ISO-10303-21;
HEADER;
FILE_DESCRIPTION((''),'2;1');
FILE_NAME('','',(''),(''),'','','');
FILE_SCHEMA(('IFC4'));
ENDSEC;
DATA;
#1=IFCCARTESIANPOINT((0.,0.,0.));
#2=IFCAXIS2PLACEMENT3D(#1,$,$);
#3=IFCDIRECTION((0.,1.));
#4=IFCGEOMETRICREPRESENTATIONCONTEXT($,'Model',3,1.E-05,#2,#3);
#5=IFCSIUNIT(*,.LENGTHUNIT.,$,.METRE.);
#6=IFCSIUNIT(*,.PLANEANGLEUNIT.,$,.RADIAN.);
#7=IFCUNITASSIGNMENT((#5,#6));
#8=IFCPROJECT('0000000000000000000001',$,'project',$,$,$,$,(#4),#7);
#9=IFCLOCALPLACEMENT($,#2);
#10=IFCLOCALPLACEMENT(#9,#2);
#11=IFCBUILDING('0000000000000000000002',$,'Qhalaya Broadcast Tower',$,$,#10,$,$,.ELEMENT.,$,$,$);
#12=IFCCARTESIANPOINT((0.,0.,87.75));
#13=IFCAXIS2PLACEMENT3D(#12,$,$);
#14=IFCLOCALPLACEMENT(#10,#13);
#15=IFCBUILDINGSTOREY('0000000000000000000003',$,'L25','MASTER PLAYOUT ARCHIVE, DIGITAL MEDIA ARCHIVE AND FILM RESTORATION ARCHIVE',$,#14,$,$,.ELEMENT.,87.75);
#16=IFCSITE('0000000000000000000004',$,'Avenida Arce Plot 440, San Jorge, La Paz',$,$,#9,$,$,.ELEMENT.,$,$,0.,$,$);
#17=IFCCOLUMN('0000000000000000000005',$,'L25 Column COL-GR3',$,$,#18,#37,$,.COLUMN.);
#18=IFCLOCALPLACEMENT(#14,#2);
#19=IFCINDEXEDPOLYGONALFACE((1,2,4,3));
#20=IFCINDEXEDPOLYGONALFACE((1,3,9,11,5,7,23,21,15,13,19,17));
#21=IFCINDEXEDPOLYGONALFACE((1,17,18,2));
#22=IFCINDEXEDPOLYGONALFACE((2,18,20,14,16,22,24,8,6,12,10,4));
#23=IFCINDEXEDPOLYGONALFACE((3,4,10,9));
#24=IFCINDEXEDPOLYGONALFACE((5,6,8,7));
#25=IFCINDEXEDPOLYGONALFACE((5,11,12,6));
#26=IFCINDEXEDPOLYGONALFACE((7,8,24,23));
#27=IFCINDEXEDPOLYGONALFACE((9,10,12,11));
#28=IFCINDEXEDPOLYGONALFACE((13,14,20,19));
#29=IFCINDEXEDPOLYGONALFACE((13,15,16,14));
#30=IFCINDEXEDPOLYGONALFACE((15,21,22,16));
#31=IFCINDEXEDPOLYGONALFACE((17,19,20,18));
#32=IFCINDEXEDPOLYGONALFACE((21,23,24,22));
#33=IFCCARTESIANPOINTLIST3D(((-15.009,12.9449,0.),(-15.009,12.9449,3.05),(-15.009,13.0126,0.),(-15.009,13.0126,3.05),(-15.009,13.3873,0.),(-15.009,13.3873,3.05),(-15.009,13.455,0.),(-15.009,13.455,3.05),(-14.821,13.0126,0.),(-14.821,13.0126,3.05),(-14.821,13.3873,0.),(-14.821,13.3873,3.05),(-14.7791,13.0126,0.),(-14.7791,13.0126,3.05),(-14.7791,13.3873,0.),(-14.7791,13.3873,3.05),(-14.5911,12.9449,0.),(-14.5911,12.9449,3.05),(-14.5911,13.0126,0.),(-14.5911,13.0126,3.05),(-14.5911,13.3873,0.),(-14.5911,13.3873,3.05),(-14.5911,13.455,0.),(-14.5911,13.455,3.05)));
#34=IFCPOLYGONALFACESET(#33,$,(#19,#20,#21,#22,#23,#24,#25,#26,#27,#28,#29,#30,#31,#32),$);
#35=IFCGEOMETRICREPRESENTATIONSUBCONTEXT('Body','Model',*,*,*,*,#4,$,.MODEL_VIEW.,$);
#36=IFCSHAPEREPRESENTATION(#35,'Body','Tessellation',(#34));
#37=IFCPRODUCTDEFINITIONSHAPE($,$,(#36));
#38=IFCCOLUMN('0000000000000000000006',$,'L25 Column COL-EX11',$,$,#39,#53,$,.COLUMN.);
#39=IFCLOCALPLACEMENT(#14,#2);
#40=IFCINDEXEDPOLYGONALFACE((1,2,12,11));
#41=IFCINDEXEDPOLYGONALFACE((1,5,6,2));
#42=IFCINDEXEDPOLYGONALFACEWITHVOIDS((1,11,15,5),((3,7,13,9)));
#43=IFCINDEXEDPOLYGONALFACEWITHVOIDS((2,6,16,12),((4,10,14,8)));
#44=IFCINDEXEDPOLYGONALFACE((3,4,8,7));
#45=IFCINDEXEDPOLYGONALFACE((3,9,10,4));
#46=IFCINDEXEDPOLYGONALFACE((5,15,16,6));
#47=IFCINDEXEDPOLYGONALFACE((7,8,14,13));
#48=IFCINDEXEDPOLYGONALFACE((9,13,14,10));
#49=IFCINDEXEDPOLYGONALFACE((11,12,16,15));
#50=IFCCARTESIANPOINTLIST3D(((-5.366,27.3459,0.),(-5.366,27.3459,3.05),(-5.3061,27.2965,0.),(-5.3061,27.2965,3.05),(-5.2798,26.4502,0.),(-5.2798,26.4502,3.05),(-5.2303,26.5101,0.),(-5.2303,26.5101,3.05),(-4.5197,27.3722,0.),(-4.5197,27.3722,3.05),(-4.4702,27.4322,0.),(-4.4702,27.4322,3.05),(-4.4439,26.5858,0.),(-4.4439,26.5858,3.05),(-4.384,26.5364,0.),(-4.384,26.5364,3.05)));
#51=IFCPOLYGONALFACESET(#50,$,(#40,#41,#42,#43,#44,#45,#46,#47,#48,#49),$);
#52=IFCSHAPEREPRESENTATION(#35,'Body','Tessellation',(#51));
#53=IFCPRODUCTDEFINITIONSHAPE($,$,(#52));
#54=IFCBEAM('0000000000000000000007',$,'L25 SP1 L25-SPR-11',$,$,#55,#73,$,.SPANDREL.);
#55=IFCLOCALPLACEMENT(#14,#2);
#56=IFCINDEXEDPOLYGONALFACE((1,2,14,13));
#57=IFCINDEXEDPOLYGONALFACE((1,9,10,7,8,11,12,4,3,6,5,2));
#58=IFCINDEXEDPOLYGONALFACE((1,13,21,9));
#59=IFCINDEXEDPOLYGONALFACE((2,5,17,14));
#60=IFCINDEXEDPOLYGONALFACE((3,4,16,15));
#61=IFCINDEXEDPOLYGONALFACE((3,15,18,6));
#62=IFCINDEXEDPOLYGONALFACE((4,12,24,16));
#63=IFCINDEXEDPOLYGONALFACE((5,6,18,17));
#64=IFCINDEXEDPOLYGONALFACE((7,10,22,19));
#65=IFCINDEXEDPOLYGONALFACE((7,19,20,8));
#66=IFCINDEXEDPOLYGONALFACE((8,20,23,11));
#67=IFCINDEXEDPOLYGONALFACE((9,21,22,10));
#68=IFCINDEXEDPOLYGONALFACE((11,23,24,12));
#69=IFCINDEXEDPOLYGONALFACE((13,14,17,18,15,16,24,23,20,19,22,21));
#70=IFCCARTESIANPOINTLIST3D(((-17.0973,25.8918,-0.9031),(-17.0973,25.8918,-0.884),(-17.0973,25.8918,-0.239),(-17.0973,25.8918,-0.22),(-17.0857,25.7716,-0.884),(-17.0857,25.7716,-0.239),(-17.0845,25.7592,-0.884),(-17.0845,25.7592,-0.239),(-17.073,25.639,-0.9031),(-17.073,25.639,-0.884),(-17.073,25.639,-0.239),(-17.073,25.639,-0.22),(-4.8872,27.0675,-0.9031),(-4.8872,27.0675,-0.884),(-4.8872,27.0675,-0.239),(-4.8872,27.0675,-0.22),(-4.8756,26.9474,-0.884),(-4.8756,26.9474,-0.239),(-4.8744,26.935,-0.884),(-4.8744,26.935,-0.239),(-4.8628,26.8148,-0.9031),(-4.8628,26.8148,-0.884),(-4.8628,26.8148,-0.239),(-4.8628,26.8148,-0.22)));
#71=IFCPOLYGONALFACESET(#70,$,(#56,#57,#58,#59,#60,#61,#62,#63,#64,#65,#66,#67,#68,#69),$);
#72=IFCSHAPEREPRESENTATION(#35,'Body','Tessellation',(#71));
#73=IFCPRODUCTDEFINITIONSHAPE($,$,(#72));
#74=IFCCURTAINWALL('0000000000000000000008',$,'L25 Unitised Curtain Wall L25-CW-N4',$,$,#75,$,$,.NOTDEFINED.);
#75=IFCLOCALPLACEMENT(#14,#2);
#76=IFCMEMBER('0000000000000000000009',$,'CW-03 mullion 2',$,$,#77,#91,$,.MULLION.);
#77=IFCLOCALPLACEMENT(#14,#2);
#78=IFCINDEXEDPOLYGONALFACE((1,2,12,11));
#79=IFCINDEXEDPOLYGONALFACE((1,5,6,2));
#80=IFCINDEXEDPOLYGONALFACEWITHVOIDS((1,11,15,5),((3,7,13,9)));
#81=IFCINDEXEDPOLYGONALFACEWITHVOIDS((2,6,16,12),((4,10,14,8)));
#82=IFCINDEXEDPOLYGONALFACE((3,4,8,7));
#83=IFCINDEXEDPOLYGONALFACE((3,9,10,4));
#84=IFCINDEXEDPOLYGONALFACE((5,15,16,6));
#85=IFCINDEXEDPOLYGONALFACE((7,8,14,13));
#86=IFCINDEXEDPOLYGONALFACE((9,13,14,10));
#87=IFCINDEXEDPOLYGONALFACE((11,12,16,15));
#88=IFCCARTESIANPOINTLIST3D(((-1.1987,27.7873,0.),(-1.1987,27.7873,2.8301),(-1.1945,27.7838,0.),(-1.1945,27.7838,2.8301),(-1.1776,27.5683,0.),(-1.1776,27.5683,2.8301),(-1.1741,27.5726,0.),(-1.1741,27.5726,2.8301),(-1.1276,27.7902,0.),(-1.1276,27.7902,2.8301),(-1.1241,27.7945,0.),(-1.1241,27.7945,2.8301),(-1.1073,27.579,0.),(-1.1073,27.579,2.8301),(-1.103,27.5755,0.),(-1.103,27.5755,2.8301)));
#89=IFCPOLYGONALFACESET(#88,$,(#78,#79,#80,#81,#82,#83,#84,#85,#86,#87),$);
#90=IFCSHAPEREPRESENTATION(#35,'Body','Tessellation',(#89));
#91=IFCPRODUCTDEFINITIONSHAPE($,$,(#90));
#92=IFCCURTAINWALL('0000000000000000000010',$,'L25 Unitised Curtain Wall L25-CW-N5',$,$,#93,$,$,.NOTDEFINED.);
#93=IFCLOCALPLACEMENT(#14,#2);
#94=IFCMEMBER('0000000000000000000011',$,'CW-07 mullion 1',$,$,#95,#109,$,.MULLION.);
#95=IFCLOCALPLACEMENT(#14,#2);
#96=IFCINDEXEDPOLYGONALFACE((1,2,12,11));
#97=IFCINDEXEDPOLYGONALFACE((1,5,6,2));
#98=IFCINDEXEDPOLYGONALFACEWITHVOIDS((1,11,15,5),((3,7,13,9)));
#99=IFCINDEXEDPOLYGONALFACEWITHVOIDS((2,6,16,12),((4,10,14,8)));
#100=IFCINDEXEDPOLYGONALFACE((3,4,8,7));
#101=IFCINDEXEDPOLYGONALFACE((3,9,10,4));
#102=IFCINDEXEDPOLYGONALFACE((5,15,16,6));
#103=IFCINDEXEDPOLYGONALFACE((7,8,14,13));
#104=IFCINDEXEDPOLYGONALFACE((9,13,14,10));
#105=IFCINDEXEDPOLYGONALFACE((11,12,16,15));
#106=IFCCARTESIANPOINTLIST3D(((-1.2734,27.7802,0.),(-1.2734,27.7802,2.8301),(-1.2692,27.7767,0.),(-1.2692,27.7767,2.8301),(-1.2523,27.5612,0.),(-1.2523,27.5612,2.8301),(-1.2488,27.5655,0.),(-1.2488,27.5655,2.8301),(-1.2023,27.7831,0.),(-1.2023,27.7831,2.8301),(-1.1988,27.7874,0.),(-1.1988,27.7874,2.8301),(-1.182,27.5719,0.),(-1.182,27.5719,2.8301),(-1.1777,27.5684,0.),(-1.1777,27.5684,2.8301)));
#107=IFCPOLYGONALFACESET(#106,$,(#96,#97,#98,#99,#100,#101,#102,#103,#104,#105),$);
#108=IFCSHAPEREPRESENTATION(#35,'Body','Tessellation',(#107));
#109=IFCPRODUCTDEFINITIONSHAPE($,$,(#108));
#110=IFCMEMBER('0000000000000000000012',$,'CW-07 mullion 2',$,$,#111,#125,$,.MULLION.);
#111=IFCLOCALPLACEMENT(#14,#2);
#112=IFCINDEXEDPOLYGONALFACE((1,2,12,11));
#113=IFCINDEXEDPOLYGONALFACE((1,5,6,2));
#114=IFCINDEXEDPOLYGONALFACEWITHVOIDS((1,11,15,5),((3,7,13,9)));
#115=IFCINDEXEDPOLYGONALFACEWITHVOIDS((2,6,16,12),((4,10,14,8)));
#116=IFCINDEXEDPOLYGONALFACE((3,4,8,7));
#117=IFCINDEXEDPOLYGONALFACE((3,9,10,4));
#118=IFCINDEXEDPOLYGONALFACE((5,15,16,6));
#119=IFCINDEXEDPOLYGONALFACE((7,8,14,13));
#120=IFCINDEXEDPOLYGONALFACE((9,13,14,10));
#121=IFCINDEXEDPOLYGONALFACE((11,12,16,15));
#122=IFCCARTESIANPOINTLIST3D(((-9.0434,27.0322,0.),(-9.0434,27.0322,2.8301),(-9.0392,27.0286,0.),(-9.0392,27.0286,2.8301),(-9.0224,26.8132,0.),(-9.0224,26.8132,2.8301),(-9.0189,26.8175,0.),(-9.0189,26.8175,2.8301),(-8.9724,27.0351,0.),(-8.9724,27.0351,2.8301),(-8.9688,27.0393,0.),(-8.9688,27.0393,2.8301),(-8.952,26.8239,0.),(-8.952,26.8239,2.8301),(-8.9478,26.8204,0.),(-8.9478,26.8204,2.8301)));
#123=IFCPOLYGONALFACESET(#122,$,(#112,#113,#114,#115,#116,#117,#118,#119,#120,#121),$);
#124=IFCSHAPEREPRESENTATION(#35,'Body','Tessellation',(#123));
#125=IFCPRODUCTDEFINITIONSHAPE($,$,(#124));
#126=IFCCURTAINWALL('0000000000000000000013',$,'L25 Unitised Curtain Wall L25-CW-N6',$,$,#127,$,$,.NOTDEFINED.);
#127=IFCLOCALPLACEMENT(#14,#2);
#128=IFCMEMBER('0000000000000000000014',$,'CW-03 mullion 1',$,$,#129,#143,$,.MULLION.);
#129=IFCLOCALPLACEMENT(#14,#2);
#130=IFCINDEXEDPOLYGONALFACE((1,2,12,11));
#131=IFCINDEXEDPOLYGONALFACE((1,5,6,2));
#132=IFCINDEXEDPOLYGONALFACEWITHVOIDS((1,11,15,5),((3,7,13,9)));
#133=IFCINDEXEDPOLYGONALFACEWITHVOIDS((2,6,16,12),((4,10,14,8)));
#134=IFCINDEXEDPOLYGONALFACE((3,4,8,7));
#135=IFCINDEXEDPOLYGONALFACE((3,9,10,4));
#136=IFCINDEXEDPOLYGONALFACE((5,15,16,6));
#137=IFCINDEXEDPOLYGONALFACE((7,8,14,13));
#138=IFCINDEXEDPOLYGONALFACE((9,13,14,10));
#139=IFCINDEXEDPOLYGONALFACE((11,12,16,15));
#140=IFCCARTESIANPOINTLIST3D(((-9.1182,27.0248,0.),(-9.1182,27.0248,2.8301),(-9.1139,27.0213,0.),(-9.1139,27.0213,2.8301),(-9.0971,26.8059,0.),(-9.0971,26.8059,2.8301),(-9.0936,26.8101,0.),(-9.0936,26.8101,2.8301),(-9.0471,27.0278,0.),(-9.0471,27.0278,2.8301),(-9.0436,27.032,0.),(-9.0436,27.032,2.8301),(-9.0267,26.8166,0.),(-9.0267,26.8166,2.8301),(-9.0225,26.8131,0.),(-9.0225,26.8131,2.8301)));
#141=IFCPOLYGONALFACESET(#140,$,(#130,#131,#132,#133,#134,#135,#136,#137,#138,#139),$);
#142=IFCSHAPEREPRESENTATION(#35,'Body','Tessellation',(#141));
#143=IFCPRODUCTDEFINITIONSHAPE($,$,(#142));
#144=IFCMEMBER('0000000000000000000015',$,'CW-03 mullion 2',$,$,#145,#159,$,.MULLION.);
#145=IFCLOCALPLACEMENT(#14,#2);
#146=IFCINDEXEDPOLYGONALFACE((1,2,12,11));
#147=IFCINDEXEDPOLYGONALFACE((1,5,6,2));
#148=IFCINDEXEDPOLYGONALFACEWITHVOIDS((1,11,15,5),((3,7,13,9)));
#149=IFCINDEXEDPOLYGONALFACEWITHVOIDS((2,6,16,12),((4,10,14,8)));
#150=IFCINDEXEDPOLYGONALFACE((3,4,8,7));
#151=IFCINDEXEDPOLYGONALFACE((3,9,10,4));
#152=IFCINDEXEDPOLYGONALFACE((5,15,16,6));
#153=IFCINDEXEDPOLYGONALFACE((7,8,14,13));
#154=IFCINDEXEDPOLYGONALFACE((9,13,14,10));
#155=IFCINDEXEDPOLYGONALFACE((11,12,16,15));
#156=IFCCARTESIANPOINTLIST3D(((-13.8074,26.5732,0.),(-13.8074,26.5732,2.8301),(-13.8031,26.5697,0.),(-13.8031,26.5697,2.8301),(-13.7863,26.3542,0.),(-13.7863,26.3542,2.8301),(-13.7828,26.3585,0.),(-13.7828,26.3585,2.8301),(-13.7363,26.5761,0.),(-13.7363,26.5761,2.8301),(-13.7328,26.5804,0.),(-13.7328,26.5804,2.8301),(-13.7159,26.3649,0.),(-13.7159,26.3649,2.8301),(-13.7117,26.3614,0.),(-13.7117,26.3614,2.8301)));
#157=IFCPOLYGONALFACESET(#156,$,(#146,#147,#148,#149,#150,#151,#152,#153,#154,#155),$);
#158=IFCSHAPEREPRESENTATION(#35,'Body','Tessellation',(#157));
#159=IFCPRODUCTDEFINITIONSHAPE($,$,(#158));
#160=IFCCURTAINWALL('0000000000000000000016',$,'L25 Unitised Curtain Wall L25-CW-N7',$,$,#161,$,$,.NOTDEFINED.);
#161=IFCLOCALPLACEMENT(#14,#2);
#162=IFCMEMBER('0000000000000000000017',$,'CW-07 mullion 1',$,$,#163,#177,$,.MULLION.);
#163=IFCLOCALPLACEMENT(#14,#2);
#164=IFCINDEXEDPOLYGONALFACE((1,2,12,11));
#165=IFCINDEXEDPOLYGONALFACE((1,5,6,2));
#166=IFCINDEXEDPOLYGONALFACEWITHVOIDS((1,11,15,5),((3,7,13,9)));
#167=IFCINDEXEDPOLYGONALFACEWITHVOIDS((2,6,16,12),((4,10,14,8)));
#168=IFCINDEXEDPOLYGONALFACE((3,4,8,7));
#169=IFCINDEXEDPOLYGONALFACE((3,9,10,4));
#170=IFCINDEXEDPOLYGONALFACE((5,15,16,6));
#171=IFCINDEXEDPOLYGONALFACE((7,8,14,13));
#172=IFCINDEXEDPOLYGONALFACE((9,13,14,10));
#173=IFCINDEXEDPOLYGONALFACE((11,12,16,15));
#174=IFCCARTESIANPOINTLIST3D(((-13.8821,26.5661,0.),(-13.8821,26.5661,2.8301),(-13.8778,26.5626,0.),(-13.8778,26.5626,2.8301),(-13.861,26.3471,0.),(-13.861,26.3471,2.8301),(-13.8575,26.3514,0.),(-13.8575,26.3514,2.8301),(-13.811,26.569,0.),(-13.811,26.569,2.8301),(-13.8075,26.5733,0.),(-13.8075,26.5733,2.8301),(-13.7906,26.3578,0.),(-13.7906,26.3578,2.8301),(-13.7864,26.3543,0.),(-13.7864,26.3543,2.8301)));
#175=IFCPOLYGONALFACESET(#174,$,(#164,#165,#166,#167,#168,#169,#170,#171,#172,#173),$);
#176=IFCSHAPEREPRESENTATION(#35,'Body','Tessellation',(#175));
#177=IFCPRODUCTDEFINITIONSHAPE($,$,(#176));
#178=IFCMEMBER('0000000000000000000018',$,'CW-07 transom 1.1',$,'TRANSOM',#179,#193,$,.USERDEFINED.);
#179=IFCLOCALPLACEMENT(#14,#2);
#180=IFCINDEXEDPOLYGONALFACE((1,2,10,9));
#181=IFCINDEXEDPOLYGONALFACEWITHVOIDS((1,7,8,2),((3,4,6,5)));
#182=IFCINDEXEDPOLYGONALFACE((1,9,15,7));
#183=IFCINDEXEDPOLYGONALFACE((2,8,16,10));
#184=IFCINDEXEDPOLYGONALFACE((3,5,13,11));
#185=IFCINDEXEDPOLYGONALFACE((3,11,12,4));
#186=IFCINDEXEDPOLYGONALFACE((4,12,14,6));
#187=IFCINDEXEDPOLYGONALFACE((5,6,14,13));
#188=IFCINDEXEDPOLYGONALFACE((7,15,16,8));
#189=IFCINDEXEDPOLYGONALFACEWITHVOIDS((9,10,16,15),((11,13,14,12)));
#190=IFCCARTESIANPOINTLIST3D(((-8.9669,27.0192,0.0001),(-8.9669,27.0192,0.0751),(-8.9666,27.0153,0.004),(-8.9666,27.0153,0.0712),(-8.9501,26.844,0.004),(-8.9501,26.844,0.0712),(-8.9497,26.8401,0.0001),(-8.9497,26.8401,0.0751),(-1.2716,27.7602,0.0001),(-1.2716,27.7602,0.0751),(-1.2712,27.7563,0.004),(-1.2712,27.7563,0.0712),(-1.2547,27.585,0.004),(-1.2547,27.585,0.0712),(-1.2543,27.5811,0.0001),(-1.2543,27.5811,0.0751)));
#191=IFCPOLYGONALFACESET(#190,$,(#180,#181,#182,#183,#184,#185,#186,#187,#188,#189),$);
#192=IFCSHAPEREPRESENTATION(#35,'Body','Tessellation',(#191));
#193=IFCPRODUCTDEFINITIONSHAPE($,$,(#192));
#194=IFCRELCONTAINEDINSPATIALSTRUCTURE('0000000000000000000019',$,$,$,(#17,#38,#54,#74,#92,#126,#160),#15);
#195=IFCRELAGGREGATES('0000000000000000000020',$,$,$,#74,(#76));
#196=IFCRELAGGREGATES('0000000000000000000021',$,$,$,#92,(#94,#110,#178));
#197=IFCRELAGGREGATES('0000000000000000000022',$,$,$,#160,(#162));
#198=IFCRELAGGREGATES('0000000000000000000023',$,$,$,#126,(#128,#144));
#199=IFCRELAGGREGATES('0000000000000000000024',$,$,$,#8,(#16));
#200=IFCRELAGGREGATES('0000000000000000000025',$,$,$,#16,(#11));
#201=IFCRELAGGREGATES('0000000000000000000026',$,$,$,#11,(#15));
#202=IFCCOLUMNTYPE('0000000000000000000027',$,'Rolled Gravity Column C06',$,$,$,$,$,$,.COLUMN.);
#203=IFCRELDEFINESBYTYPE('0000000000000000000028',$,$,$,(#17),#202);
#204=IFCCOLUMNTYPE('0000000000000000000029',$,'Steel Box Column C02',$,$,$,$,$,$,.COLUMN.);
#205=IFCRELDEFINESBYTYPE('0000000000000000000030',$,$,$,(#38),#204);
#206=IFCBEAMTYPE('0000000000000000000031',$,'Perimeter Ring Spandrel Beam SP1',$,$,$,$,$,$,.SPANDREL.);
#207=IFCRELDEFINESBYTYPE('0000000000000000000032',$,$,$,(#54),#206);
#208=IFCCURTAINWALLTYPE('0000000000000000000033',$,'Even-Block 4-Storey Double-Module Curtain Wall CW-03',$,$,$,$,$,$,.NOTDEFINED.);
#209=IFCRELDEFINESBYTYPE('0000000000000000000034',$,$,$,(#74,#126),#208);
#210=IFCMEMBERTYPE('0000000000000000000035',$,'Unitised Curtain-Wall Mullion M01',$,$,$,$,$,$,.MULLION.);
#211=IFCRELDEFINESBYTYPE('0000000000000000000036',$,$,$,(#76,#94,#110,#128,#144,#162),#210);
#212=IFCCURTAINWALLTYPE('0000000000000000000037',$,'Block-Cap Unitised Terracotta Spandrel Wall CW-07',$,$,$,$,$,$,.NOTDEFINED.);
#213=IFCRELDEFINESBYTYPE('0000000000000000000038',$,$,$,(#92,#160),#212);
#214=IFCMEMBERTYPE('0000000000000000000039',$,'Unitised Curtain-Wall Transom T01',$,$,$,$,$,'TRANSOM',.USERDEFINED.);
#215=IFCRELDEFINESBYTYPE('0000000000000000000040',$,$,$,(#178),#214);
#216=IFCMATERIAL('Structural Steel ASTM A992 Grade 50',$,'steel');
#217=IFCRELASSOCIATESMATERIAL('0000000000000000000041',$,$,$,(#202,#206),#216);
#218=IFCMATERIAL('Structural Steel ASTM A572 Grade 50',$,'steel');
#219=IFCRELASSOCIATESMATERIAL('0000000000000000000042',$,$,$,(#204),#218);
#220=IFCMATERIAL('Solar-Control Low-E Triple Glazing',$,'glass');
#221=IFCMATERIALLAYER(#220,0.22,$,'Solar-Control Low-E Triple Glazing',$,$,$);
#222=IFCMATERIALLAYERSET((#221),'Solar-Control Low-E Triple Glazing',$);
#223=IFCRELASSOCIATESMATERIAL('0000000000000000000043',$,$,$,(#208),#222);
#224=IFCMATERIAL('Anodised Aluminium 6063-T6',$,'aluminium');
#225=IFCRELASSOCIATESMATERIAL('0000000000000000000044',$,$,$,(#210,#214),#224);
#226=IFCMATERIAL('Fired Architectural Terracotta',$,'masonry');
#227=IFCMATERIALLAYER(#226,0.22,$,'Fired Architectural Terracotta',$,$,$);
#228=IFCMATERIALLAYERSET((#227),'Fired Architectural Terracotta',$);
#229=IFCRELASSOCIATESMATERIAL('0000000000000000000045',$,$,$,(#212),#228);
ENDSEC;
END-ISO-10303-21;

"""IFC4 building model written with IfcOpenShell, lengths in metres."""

from ifc_helpers import new_model, si_unit, direction, frame, origin, origin_2d, place, context, subcontext, project, spatial, hollow_rectangle, i_section, extrude, material, layer, layer_set, material_profile, profile_set, type_object, element, aggregate, save


model = new_model("IFC4")

# Units and contexts
model_context = context("Model", 3, precision=1e-05, world=origin(), true_north=direction((0.0, 1.0)))
body_context = subcontext(model_context, "Body", "Model", "MODEL_VIEW")
ifc_project = project(units=[si_unit("LENGTHUNIT", "METRE"), si_unit("PLANEANGLEUNIT", "RADIAN")], contexts=[model_context])

# Site, building, storey
site_placement = place(None, origin())
site = spatial("IfcSite", under=ifc_project, at=site_placement, Name="Avenida Arce Plot 440, San Jorge, La Paz", CompositionType="ELEMENT", RefElevation=0.0)
building_placement = place(site_placement, origin())
building = spatial("IfcBuilding", under=site, at=building_placement, Name="Qhalaya Broadcast Tower", CompositionType="ELEMENT")
storey_placement = place(building_placement, frame((0.0, 0.0, 87.75)))
storey = spatial("IfcBuildingStorey", under=building, at=storey_placement, Name="L25", Description="MASTER PLAYOUT ARCHIVE, DIGITAL MEDIA ARCHIVE AND FILM RESTORATION ARCHIVE", CompositionType="ELEMENT", Elevation=87.75)

# Columns
ifc_material_1 = material(Name="Structural Steel ASTM A992 Grade 50", Category="steel")
ifc_material_profile_1 = material_profile(ifc_material_1, i_section(OverallWidth=0.418, OverallDepth=0.51, WebThickness=0.042, FlangeThickness=0.0676, at=origin_2d()), Name="W14X370")
ifc_profile_set_1 = profile_set([ifc_material_profile_1], Name="Structural Steel ASTM A992 Grade 50")
column_type_1 = type_object("IfcColumnType", Name="Rolled Gravity Column C06", PredefinedType="COLUMN", material=ifc_profile_set_1)
column_1_placement = place(storey_placement, frame((-14.8, 13.2, 0.0), z_axis=(0.0, 0.0, 1.0), x_axis=(1.0, 0.0, 0.0)))
element("IfcColumn", 1, at=column_1_placement, inside=storey, type_object=column_type_1, Name="L25 Column COL-GR3", PredefinedType="COLUMN", context=body_context, shape_type="SweptSolid", body=[
    extrude(i_section(OverallWidth=0.418, OverallDepth=0.51, WebThickness=0.042, FlangeThickness=0.0676, at=origin_2d()), origin(), (0.0, 0.0, 1.0), 3.05),
])
ifc_material_2 = material(Name="Structural Steel ASTM A572 Grade 50", Category="steel")
ifc_material_profile_2 = material_profile(ifc_material_2, hollow_rectangle(XDim=0.8999, YDim=0.8999, WallThickness=0.0549, at=origin_2d()), Name="BOX 900x900x55")
ifc_profile_set_2 = profile_set([ifc_material_profile_2], Name="Structural Steel ASTM A572 Grade 50")
column_type_2 = type_object("IfcColumnType", Name="Steel Box Column C02", PredefinedType="COLUMN", material=ifc_profile_set_2)
column_2_placement = place(storey_placement, frame((-4.875, 26.9412, 0.0), z_axis=(0.0, 0.0, 1.0), x_axis=(0.995396, 0.095846, 0.0)))
element("IfcColumn", 2, at=column_2_placement, inside=storey, type_object=column_type_2, Name="L25 Column COL-EX11", PredefinedType="COLUMN", context=body_context, shape_type="SweptSolid", body=[
    extrude(hollow_rectangle(XDim=0.8999, YDim=0.8999, WallThickness=0.0549, at=origin_2d()), origin(), (0.0, 0.0, 1.0), 3.05),
])

# Beam
ifc_material_profile_3 = material_profile(ifc_material_1, i_section(OverallWidth=0.2539, OverallDepth=0.6831, WebThickness=0.0125, FlangeThickness=0.019, at=origin_2d()), Name="W27X94")
ifc_profile_set_3 = profile_set([ifc_material_profile_3], Name="Structural Steel ASTM A992 Grade 50")
beam_type = type_object("IfcBeamType", Name="Perimeter Ring Spandrel Beam SP1", PredefinedType="SPANDREL", material=ifc_profile_set_3)
beam_placement = place(storey_placement, frame((-4.875, 26.9412, -0.5615), z_axis=(-0.995396, -0.095852, 0.0), x_axis=(0.095852, -0.995396, 0.0)))
element("IfcBeam", 3, at=beam_placement, inside=storey, type_object=beam_type, Name="L25 SP1 L25-SPR-11", PredefinedType="SPANDREL", context=body_context, shape_type="SweptSolid", body=[
    extrude(i_section(OverallWidth=0.2539, OverallDepth=0.6831, WebThickness=0.0125, FlangeThickness=0.019, at=origin_2d()), origin(), (0.0, 0.0, 1.0), 12.2666),
])

# Curtain wall, member
ifc_material_3 = material(Name="Solar-Control Low-E Triple Glazing", Category="glass")
ifc_layer_1 = layer(ifc_material_3, 0.22, Name="Solar-Control Low-E Triple Glazing")
ifc_layer_set_1 = layer_set([ifc_layer_1], Name="Solar-Control Low-E Triple Glazing")
curtain_wall_type_1 = type_object("IfcCurtainWallType", Name="Even-Block 4-Storey Double-Module Curtain Wall CW-03", PredefinedType="NOTDEFINED", material=ifc_layer_set_1)
curtain_wall_1_placement = place(storey_placement, origin())
curtain_wall_1 = element("IfcCurtainWall", 4, at=curtain_wall_1_placement, inside=storey, type_object=curtain_wall_type_1, Name="L25 Unitised Curtain Wall L25-CW-N4", PredefinedType="NOTDEFINED")
ifc_material_4 = material(Name="Anodised Aluminium 6063-T6", Category="aluminium")
ifc_material_profile_4 = material_profile(ifc_material_4, hollow_rectangle(XDim=0.075, YDim=0.22, WallThickness=0.0039, at=origin_2d()), Name="ALU-MUL 75x220x4")
ifc_profile_set_4 = profile_set([ifc_material_profile_4], Name="Anodised Aluminium 6063-T6")
member_type_1 = type_object("IfcMemberType", Name="Unitised Curtain-Wall Mullion M01", PredefinedType="MULLION", material=ifc_profile_set_4)
member_1_placement = place(storey_placement, frame((-1.1509, 27.6814, 0.0), z_axis=(0.0, 0.0, 1.0), x_axis=(-0.995395, -0.095862, 0.0)))
member_1 = element("IfcMember", 5, at=member_1_placement, type_object=member_type_1, Name="CW-03 mullion 2", PredefinedType="MULLION", context=body_context, shape_type="SweptSolid", body=[
    extrude(hollow_rectangle(XDim=0.075, YDim=0.22, WallThickness=0.0039, at=origin_2d()), origin(), (0.0, 0.0, 1.0), 2.8301),
])
aggregate(curtain_wall_1, [member_1])

# Curtain walls, members
ifc_material_5 = material(Name="Fired Architectural Terracotta", Category="masonry")
ifc_layer_2 = layer(ifc_material_5, 0.22, Name="Fired Architectural Terracotta")
ifc_layer_set_2 = layer_set([ifc_layer_2], Name="Fired Architectural Terracotta")
curtain_wall_type_2 = type_object("IfcCurtainWallType", Name="Block-Cap Unitised Terracotta Spandrel Wall CW-07", PredefinedType="NOTDEFINED", material=ifc_layer_set_2)
curtain_wall_2_placement = place(storey_placement, origin())
curtain_wall_2 = element("IfcCurtainWall", 6, at=curtain_wall_2_placement, inside=storey, type_object=curtain_wall_type_2, Name="L25 Unitised Curtain Wall L25-CW-N5", PredefinedType="NOTDEFINED")
member_2_placement = place(storey_placement, frame((-1.2256, 27.6743, 0.0), z_axis=(0.0, 0.0, 1.0), x_axis=(-0.995397, -0.095838, 0.0)))
member_2 = element("IfcMember", 7, at=member_2_placement, type_object=member_type_1, Name="CW-07 mullion 1", PredefinedType="MULLION", context=body_context, shape_type="SweptSolid", body=[
    extrude(hollow_rectangle(XDim=0.075, YDim=0.22, WallThickness=0.0039, at=origin_2d()), origin(), (0.0, 0.0, 1.0), 2.8301),
])
member_3_placement = place(storey_placement, frame((-8.9956, 26.9263, 0.0), z_axis=(0.0, 0.0, 1.0), x_axis=(-0.995397, -0.095838, 0.0)))
member_3 = element("IfcMember", 8, at=member_3_placement, type_object=member_type_1, Name="CW-07 mullion 2", PredefinedType="MULLION", context=body_context, shape_type="SweptSolid", body=[
    extrude(hollow_rectangle(XDim=0.075, YDim=0.22, WallThickness=0.0039, at=origin_2d()), origin(), (0.0, 0.0, 1.0), 2.8301),
])
curtain_wall_3_placement = place(storey_placement, origin())
curtain_wall_3 = element("IfcCurtainWall", 9, at=curtain_wall_3_placement, inside=storey, type_object=curtain_wall_type_1, Name="L25 Unitised Curtain Wall L25-CW-N6", PredefinedType="NOTDEFINED")
member_4_placement = place(storey_placement, frame((-9.0703, 26.9189, 0.0), z_axis=(0.0, 0.0, 1.0), x_axis=(-0.995394, -0.095864, 0.0)))
member_4 = element("IfcMember", 10, at=member_4_placement, type_object=member_type_1, Name="CW-03 mullion 1", PredefinedType="MULLION", context=body_context, shape_type="SweptSolid", body=[
    extrude(hollow_rectangle(XDim=0.075, YDim=0.22, WallThickness=0.0039, at=origin_2d()), origin(), (0.0, 0.0, 1.0), 2.8301),
])
member_5_placement = place(storey_placement, frame((-13.7595, 26.4673, 0.0), z_axis=(0.0, 0.0, 1.0), x_axis=(-0.995394, -0.095864, 0.0)))
member_5 = element("IfcMember", 11, at=member_5_placement, type_object=member_type_1, Name="CW-03 mullion 2", PredefinedType="MULLION", context=body_context, shape_type="SweptSolid", body=[
    extrude(hollow_rectangle(XDim=0.075, YDim=0.22, WallThickness=0.0039, at=origin_2d()), origin(), (0.0, 0.0, 1.0), 2.8301),
])

# Curtain wall, member
curtain_wall_4_placement = place(storey_placement, origin())
curtain_wall_4 = element("IfcCurtainWall", 12, at=curtain_wall_4_placement, inside=storey, type_object=curtain_wall_type_2, Name="L25 Unitised Curtain Wall L25-CW-N7", PredefinedType="NOTDEFINED")
member_6_placement = place(storey_placement, frame((-13.8342, 26.4602, 0.0), z_axis=(0.0, 0.0, 1.0), x_axis=(-0.995397, -0.095834, 0.0)))
member_6 = element("IfcMember", 13, at=member_6_placement, type_object=member_type_1, Name="CW-07 mullion 1", PredefinedType="MULLION", context=body_context, shape_type="SweptSolid", body=[
    extrude(hollow_rectangle(XDim=0.075, YDim=0.22, WallThickness=0.0039, at=origin_2d()), origin(), (0.0, 0.0, 1.0), 2.8301),
])

# Member
ifc_material_profile_5 = material_profile(ifc_material_4, hollow_rectangle(XDim=0.075, YDim=0.1799, WallThickness=0.0039, at=origin_2d()), Name="ALU-TRN 75x180x4")
ifc_profile_set_5 = profile_set([ifc_material_profile_5], Name="Anodised Aluminium 6063-T6")
member_type_2 = type_object("IfcMemberType", Name="Unitised Curtain-Wall Transom T01", ElementType="TRANSOM", PredefinedType="USERDEFINED", material=ifc_profile_set_5)
member_7_placement = place(storey_placement, frame((-1.2629, 27.6707, 0.0376), z_axis=(-0.995396, -0.095845, 0.0), x_axis=(0.0, 0.0, 1.0)))
member_7 = element("IfcMember", 14, at=member_7_placement, type_object=member_type_2, Name="CW-07 transom 1.1", ObjectType="TRANSOM", PredefinedType="USERDEFINED", context=body_context, shape_type="SweptSolid", body=[
    extrude(hollow_rectangle(XDim=0.075, YDim=0.1799, WallThickness=0.0039, at=origin_2d()), origin(), (0.0, 0.0, 1.0), 7.731),
])

aggregate(curtain_wall_2, [member_2, member_3, member_7])
aggregate(curtain_wall_4, [member_6])
aggregate(curtain_wall_3, [member_4, member_5])

save(model, "model.ifc")
